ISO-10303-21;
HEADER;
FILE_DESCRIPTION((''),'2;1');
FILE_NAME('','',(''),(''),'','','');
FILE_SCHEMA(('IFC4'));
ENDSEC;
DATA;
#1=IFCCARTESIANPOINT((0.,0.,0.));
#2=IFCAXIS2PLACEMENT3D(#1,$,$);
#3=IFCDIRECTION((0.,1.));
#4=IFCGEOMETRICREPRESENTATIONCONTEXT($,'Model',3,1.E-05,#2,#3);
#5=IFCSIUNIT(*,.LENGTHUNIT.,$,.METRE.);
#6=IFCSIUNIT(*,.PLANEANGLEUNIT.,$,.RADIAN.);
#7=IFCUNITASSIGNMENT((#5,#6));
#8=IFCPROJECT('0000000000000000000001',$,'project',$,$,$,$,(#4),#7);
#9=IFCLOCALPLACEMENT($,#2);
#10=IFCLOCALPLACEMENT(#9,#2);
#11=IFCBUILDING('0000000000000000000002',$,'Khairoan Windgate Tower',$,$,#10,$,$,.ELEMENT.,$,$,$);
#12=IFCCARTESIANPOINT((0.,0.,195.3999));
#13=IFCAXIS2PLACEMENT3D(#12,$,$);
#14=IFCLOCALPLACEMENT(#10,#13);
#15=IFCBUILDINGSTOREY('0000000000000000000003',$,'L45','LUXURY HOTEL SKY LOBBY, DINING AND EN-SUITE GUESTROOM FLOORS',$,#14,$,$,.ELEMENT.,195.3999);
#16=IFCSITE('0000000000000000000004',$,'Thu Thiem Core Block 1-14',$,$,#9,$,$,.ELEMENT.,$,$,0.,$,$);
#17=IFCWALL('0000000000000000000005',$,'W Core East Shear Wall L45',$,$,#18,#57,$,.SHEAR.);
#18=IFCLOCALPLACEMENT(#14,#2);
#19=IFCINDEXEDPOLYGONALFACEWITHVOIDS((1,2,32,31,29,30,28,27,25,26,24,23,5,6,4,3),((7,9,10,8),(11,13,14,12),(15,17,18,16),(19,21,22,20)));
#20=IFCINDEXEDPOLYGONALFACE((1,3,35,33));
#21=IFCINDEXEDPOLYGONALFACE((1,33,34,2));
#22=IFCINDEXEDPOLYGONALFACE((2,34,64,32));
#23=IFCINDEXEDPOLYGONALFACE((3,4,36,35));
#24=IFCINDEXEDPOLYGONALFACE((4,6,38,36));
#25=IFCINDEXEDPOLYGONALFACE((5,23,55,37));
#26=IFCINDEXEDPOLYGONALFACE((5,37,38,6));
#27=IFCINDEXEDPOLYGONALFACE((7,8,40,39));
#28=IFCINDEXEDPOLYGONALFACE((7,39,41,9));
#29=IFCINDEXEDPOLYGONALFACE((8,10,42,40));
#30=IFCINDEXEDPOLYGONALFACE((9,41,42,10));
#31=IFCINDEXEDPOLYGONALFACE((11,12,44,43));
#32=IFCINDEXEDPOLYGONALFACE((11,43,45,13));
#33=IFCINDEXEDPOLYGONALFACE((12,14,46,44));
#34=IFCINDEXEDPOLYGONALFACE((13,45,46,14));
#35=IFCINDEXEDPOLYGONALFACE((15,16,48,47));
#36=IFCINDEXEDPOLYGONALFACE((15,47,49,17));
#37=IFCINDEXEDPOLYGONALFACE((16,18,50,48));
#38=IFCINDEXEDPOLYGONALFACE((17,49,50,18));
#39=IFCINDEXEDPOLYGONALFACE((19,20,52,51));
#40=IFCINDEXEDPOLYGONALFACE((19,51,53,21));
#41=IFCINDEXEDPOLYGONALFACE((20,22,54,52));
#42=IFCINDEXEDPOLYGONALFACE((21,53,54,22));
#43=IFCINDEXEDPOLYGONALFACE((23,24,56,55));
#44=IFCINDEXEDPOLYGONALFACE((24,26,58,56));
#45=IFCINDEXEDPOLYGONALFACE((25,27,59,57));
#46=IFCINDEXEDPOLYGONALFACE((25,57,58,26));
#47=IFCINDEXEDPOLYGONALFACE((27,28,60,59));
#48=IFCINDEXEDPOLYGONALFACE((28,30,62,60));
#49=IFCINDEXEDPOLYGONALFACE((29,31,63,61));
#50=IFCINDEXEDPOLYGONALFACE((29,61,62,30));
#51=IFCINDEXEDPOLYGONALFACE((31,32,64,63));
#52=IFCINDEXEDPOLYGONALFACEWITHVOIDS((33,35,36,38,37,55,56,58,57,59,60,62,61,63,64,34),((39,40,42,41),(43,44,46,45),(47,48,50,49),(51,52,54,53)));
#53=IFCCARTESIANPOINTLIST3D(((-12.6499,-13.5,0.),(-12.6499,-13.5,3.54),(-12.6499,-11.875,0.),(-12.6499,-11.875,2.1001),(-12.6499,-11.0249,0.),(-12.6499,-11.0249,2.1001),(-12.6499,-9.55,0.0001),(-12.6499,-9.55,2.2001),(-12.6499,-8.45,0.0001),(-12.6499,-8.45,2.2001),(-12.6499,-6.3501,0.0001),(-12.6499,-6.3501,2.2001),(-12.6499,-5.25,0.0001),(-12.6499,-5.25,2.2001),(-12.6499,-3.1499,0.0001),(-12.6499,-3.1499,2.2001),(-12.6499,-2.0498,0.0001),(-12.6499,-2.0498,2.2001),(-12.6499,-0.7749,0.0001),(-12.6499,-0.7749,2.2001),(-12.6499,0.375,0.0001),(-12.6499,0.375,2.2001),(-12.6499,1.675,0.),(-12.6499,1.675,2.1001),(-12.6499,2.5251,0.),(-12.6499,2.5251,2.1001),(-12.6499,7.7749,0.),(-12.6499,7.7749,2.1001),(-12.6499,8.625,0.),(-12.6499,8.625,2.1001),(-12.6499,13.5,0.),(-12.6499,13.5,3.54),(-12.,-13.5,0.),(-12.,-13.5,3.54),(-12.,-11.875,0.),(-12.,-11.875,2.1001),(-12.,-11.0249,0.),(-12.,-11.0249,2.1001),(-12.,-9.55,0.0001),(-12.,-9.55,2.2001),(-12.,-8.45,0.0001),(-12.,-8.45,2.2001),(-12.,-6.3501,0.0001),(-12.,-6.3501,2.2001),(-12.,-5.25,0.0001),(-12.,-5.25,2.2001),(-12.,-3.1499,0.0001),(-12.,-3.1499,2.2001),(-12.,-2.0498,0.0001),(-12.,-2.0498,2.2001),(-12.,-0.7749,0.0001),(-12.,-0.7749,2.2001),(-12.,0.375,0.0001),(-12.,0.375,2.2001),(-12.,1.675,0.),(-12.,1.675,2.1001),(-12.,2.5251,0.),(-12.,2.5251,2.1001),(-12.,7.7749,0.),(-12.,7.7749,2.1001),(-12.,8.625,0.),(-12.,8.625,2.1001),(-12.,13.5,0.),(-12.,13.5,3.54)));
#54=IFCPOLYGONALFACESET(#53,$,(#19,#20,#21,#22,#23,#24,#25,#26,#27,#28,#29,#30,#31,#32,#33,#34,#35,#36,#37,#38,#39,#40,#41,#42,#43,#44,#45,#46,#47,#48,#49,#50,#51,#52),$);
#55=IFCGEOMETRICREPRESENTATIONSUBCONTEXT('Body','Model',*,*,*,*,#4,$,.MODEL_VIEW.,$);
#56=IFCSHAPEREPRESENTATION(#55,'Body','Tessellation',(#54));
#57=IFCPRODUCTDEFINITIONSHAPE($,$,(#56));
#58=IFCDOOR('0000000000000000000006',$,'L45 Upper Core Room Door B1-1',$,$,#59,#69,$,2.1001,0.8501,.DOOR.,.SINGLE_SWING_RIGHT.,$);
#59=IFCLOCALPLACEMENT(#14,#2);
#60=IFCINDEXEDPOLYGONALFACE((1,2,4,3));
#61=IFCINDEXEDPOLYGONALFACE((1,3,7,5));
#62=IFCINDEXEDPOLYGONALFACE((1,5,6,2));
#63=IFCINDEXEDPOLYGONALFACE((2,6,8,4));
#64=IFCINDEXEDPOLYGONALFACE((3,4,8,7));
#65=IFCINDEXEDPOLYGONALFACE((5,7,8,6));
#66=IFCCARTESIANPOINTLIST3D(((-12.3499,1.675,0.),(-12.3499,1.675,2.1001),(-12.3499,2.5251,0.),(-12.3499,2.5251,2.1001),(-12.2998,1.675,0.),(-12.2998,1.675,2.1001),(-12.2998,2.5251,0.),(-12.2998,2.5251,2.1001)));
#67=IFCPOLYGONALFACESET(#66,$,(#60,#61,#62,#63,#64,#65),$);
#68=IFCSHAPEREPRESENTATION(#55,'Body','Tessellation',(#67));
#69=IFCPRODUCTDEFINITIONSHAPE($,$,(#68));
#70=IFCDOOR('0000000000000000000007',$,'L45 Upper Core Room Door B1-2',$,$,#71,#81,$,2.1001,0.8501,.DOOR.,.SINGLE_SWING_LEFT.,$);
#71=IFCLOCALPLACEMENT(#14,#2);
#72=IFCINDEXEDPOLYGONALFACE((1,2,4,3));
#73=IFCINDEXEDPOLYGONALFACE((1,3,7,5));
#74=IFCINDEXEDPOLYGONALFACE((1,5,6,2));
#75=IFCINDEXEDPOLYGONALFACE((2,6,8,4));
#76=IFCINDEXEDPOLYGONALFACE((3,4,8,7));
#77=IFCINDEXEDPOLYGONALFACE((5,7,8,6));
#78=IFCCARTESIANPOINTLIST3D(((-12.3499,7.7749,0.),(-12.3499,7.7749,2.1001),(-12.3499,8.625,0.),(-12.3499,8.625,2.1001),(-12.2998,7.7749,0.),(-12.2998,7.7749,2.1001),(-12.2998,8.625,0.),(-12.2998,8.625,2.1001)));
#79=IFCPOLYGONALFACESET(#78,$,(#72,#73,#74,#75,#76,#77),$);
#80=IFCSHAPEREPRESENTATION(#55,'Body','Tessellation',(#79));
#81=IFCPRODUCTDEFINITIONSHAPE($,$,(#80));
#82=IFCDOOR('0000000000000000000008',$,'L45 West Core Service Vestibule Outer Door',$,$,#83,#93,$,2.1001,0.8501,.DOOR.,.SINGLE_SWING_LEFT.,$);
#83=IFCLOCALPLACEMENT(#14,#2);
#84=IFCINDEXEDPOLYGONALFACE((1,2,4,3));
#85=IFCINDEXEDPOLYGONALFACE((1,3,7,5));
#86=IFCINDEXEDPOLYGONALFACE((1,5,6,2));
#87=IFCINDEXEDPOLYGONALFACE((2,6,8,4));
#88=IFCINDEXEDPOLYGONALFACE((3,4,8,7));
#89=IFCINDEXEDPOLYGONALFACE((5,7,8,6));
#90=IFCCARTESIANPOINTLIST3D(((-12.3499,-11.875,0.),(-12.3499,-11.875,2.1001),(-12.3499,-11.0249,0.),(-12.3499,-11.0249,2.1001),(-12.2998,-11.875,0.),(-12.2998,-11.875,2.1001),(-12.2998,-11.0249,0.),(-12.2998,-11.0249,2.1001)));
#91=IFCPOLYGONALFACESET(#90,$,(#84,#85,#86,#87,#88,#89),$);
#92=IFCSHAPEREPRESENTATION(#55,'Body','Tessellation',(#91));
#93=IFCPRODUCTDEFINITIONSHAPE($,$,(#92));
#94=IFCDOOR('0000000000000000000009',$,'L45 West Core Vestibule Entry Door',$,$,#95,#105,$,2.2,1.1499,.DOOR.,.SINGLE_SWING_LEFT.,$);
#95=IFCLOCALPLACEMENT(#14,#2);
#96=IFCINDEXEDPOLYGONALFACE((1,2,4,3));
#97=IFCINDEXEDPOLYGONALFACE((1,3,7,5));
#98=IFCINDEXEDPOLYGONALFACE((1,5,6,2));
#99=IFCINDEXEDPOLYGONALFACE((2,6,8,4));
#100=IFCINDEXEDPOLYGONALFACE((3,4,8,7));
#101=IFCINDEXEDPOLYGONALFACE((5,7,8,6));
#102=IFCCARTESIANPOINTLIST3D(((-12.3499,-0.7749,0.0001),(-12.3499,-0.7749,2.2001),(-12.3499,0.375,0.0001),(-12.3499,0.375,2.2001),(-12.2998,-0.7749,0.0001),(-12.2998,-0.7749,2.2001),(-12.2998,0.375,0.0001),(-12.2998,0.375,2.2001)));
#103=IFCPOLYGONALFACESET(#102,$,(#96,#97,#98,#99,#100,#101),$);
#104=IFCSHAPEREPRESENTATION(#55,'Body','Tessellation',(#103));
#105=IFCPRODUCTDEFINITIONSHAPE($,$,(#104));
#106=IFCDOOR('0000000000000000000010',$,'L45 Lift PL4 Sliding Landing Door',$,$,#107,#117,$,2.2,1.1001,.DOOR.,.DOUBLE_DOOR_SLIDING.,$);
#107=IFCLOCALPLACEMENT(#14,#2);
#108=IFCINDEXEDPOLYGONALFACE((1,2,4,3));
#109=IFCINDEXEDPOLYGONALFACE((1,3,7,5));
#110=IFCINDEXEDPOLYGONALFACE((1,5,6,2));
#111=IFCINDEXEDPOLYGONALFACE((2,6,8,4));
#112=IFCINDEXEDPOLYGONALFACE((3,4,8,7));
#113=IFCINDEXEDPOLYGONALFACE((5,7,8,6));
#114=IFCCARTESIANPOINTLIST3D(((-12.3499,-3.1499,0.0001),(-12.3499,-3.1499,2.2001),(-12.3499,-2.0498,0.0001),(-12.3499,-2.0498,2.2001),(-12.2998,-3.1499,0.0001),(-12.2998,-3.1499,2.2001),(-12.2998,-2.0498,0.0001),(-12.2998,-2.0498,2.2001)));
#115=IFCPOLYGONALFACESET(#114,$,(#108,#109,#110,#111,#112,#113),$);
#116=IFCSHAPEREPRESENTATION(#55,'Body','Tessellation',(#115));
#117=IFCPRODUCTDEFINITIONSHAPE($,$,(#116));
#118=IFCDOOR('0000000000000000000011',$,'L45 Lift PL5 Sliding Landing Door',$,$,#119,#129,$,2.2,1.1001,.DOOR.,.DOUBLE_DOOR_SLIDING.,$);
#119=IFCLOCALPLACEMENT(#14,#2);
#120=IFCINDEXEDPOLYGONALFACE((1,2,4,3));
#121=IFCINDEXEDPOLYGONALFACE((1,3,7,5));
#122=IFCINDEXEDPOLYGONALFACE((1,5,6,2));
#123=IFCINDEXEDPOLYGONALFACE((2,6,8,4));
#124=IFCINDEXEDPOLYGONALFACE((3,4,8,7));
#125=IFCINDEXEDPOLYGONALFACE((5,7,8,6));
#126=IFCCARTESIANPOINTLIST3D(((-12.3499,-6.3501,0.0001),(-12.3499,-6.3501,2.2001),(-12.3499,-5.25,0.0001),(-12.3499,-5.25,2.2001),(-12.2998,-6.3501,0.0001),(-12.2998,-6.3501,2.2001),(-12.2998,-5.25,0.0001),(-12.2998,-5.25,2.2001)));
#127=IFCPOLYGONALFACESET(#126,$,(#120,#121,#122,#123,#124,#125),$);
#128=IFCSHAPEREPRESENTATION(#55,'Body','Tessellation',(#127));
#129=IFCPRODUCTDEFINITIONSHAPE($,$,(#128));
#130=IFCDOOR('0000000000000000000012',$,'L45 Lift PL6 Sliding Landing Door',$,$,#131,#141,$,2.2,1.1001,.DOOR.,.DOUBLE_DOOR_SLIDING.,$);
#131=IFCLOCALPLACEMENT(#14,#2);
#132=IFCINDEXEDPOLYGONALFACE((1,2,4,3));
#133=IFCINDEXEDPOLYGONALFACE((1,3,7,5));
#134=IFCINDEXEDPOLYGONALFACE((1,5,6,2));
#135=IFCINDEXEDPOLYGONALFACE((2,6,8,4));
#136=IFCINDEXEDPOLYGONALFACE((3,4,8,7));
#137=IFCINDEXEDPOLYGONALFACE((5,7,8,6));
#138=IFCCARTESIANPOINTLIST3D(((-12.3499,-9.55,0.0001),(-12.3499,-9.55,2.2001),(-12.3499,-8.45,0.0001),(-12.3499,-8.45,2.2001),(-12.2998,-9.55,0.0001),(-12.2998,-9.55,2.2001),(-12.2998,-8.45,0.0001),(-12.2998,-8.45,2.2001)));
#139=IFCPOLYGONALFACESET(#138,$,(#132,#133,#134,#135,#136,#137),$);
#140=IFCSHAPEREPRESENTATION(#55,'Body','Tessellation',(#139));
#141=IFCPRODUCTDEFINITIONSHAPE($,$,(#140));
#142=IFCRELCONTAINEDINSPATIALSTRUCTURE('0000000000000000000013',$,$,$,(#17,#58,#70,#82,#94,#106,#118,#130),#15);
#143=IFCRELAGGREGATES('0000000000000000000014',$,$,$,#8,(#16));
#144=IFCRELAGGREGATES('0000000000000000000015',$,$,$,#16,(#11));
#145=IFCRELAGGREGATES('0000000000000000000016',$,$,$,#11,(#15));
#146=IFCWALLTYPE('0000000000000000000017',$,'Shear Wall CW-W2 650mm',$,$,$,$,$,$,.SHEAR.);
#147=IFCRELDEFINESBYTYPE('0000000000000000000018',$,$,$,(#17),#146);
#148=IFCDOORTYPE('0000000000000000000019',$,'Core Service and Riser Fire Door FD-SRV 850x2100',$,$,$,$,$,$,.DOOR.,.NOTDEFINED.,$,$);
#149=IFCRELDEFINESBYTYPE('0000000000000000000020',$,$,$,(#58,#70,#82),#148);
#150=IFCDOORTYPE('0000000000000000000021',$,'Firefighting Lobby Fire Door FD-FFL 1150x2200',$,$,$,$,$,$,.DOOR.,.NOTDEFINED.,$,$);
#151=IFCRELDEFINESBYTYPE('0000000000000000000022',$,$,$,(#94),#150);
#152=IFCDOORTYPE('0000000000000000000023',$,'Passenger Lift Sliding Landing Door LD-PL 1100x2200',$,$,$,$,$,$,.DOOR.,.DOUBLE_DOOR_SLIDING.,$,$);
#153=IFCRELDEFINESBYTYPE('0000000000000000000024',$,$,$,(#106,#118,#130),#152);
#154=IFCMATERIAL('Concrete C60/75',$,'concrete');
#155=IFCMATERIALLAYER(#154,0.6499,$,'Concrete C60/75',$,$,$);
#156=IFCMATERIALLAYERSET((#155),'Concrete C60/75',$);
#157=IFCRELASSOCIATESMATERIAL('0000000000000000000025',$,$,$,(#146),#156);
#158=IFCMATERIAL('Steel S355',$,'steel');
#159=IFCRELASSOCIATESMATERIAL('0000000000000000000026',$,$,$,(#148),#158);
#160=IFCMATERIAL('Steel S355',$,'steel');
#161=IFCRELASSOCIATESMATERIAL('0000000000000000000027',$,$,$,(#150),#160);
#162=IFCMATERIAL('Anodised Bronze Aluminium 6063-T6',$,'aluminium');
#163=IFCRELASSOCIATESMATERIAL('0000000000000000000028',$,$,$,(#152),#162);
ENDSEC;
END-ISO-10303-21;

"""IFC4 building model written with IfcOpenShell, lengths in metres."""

from ifc_helpers import new_model, si_unit, direction, frame, frame_2d, origin, place, context, subcontext, project, spatial, rectangle, extrude, material, layer, layer_set, type_object, element, fill, save


model = new_model("IFC4")

# Units and contexts
model_context = context("Model", 3, precision=1e-05, world=origin(), true_north=direction((0.0, 1.0)))
body_context = subcontext(model_context, "Body", "Model", "MODEL_VIEW")
ifc_project = project(units=[si_unit("LENGTHUNIT", "METRE"), si_unit("PLANEANGLEUNIT", "RADIAN")], contexts=[model_context])

# Site, building, storey
site_placement = place(None, origin())
site = spatial("IfcSite", under=ifc_project, at=site_placement, Name="Thu Thiem Core Block 1-14", CompositionType="ELEMENT", RefElevation=0.0)
building_placement = place(site_placement, origin())
building = spatial("IfcBuilding", under=site, at=building_placement, Name="Khairoan Windgate Tower", CompositionType="ELEMENT")
storey_placement = place(building_placement, frame((0.0, 0.0, 195.3999)))
storey = spatial("IfcBuildingStorey", under=building, at=storey_placement, Name="L45", Description="LUXURY HOTEL SKY LOBBY, DINING AND EN-SUITE GUESTROOM FLOORS", CompositionType="ELEMENT", Elevation=195.3999)

# Wall, openings, doors
ifc_material_1 = material(Name="Concrete C60/75", Category="concrete")
ifc_layer_1 = layer(ifc_material_1, 0.6499, Name="Concrete C60/75")
ifc_layer_set_1 = layer_set([ifc_layer_1], Name="Concrete C60/75")
wall_type_1 = type_object("IfcWallType", Name="Shear Wall CW-W2 650mm", PredefinedType="SHEAR", material=ifc_layer_set_1)
wall_1_placement = place(storey_placement, frame((-12.325, -13.5, 0.0), z_axis=(0.0, 0.0, 1.0), x_axis=(0.0, 1.0, 0.0)))
wall_1 = element("IfcWall", 1, at=wall_1_placement, inside=storey, type_object=wall_type_1, Name="W Core East Shear Wall L45", PredefinedType="SHEAR", context=body_context, shape_type="SweptSolid", body=[
    extrude(rectangle(XDim=27.0, YDim=0.6499, at=frame_2d((13.5, 0.0))), origin(), (0.0, 0.0, 1.0), 3.54),
])
opening_1_placement = place(wall_1_placement, frame((10.3501, 0.0, 0.0)))
opening_1 = element("IfcOpeningElement", 2, at=opening_1_placement, cuts=wall_1, PredefinedType="OPENING", context=body_context, shape_type="SweptSolid", body=[
    extrude(rectangle(XDim=1.1001, YDim=2.2, at=frame_2d((0.55, 1.1001))), frame((0.0, 0.335, 0.0), z_axis=(0.0, -1.0, 0.0), x_axis=(1.0, 0.0, 0.0)), (0.0, 0.0, 1.0), 0.6699),
])
opening_2_placement = place(wall_1_placement, frame((7.1499, 0.0, 0.0)))
opening_2 = element("IfcOpeningElement", 3, at=opening_2_placement, cuts=wall_1, PredefinedType="OPENING", context=body_context, shape_type="SweptSolid", body=[
    extrude(rectangle(XDim=1.1001, YDim=2.2, at=frame_2d((0.55, 1.1001))), frame((0.0, 0.335, 0.0), z_axis=(0.0, -1.0, 0.0), x_axis=(1.0, 0.0, 0.0)), (0.0, 0.0, 1.0), 0.6699),
])
opening_3_placement = place(wall_1_placement, frame((3.95, 0.0, 0.0)))
opening_3 = element("IfcOpeningElement", 4, at=opening_3_placement, cuts=wall_1, PredefinedType="OPENING", context=body_context, shape_type="SweptSolid", body=[
    extrude(rectangle(XDim=1.1001, YDim=2.2, at=frame_2d((0.55, 1.1001))), frame((0.0, 0.335, 0.0), z_axis=(0.0, -1.0, 0.0), x_axis=(1.0, 0.0, 0.0)), (0.0, 0.0, 1.0), 0.6699),
])
opening_4_placement = place(wall_1_placement, frame((15.175, 0.0, 0.0)))
opening_4 = element("IfcOpeningElement", 5, at=opening_4_placement, cuts=wall_1, PredefinedType="OPENING", context=body_context, shape_type="SweptSolid", body=[
    extrude(rectangle(XDim=0.8501, YDim=2.1001, at=frame_2d((0.425, 1.05))), frame((0.0, 0.335, 0.0), z_axis=(0.0, -1.0, 0.0), x_axis=(1.0, 0.0, 0.0)), (0.0, 0.0, 1.0), 0.6699),
])
opening_5_placement = place(wall_1_placement, frame((21.2749, 0.0, 0.0)))
opening_5 = element("IfcOpeningElement", 6, at=opening_5_placement, cuts=wall_1, PredefinedType="OPENING", context=body_context, shape_type="SweptSolid", body=[
    extrude(rectangle(XDim=0.8501, YDim=2.1001, at=frame_2d((0.425, 1.05))), frame((0.0, 0.335, 0.0), z_axis=(0.0, -1.0, 0.0), x_axis=(1.0, 0.0, 0.0)), (0.0, 0.0, 1.0), 0.6699),
])
opening_6_placement = place(wall_1_placement, frame((12.7251, 0.0, 0.0)))
opening_6 = element("IfcOpeningElement", 7, at=opening_6_placement, cuts=wall_1, PredefinedType="OPENING", context=body_context, shape_type="SweptSolid", body=[
    extrude(rectangle(XDim=1.1499, YDim=2.2, at=frame_2d((0.575, 1.1001))), frame((0.0, 0.335, 0.0), z_axis=(0.0, -1.0, 0.0), x_axis=(1.0, 0.0, 0.0)), (0.0, 0.0, 1.0), 0.6699),
])
opening_7_placement = place(wall_1_placement, frame((1.625, 0.0, 0.0)))
opening_7 = element("IfcOpeningElement", 8, at=opening_7_placement, cuts=wall_1, PredefinedType="OPENING", context=body_context, shape_type="SweptSolid", body=[
    extrude(rectangle(XDim=0.8501, YDim=2.1001, at=frame_2d((0.425, 1.05))), frame((0.0, 0.335, 0.0), z_axis=(0.0, -1.0, 0.0), x_axis=(1.0, 0.0, 0.0)), (0.0, 0.0, 1.0), 0.6699),
])
ifc_material_2 = material(Name="Steel S355", Category="steel")
door_type_1 = type_object("IfcDoorType", Name="Core Service and Riser Fire Door FD-SRV 850x2100", OperationType="NOTDEFINED", PredefinedType="DOOR", material=ifc_material_2)
door_1_placement = place(opening_4_placement, origin())
door_1 = element("IfcDoor", 9, at=door_1_placement, inside=storey, type_object=door_type_1, Name="L45 Upper Core Room Door B1-1", OperationType="SINGLE_SWING_RIGHT", OverallHeight=2.1001, OverallWidth=0.8501, PredefinedType="DOOR", context=body_context, shape_type="SweptSolid", body=[
    extrude(rectangle(XDim=0.8501, YDim=2.1001, at=frame_2d((0.425, 1.05))), frame((0.0, 0.0249, 0.0), z_axis=(0.0, -1.0, 0.0), x_axis=(1.0, 0.0, 0.0)), (0.0, 0.0, 1.0), 0.05),
])
fill(opening_4, door_1)
door_2_placement = place(opening_5_placement, origin())
door_2 = element("IfcDoor", 10, at=door_2_placement, inside=storey, type_object=door_type_1, Name="L45 Upper Core Room Door B1-2", OperationType="SINGLE_SWING_LEFT", OverallHeight=2.1001, OverallWidth=0.8501, PredefinedType="DOOR", context=body_context, shape_type="SweptSolid", body=[
    extrude(rectangle(XDim=0.8501, YDim=2.1001, at=frame_2d((0.425, 1.05))), frame((0.0, 0.0249, 0.0), z_axis=(0.0, -1.0, 0.0), x_axis=(1.0, 0.0, 0.0)), (0.0, 0.0, 1.0), 0.05),
])
fill(opening_5, door_2)
door_3_placement = place(opening_7_placement, origin())
door_3 = element("IfcDoor", 11, at=door_3_placement, inside=storey, type_object=door_type_1, Name="L45 West Core Service Vestibule Outer Door", OperationType="SINGLE_SWING_LEFT", OverallHeight=2.1001, OverallWidth=0.8501, PredefinedType="DOOR", context=body_context, shape_type="SweptSolid", body=[
    extrude(rectangle(XDim=0.8501, YDim=2.1001, at=frame_2d((0.425, 1.05))), frame((0.0, 0.0249, 0.0), z_axis=(0.0, -1.0, 0.0), x_axis=(1.0, 0.0, 0.0)), (0.0, 0.0, 1.0), 0.05),
])
fill(opening_7, door_3)
ifc_material_3 = material(Name="Steel S355", Category="steel")
door_type_2 = type_object("IfcDoorType", Name="Firefighting Lobby Fire Door FD-FFL 1150x2200", OperationType="NOTDEFINED", PredefinedType="DOOR", material=ifc_material_3)
door_4_placement = place(opening_6_placement, origin())
door_4 = element("IfcDoor", 12, at=door_4_placement, inside=storey, type_object=door_type_2, Name="L45 West Core Vestibule Entry Door", OperationType="SINGLE_SWING_LEFT", OverallHeight=2.2, OverallWidth=1.1499, PredefinedType="DOOR", context=body_context, shape_type="SweptSolid", body=[
    extrude(rectangle(XDim=1.1499, YDim=2.2, at=frame_2d((0.575, 1.1001))), frame((0.0, 0.0249, 0.0), z_axis=(0.0, -1.0, 0.0), x_axis=(1.0, 0.0, 0.0)), (0.0, 0.0, 1.0), 0.05),
])
fill(opening_6, door_4)
ifc_material_4 = material(Name="Anodised Bronze Aluminium 6063-T6", Category="aluminium")
door_type_3 = type_object("IfcDoorType", Name="Passenger Lift Sliding Landing Door LD-PL 1100x2200", OperationType="DOUBLE_DOOR_SLIDING", PredefinedType="DOOR", material=ifc_material_4)
door_5_placement = place(opening_1_placement, origin())
door_5 = element("IfcDoor", 13, at=door_5_placement, inside=storey, type_object=door_type_3, Name="L45 Lift PL4 Sliding Landing Door", OperationType="DOUBLE_DOOR_SLIDING", OverallHeight=2.2, OverallWidth=1.1001, PredefinedType="DOOR", context=body_context, shape_type="SweptSolid", body=[
    extrude(rectangle(XDim=1.1001, YDim=2.2, at=frame_2d((0.55, 1.1001))), frame((0.0, 0.0249, 0.0), z_axis=(0.0, -1.0, 0.0), x_axis=(1.0, 0.0, 0.0)), (0.0, 0.0, 1.0), 0.05),
])
fill(opening_1, door_5)
door_6_placement = place(opening_2_placement, origin())
door_6 = element("IfcDoor", 14, at=door_6_placement, inside=storey, type_object=door_type_3, Name="L45 Lift PL5 Sliding Landing Door", OperationType="DOUBLE_DOOR_SLIDING", OverallHeight=2.2, OverallWidth=1.1001, PredefinedType="DOOR", context=body_context, shape_type="SweptSolid", body=[
    extrude(rectangle(XDim=1.1001, YDim=2.2, at=frame_2d((0.55, 1.1001))), frame((0.0, 0.0249, 0.0), z_axis=(0.0, -1.0, 0.0), x_axis=(1.0, 0.0, 0.0)), (0.0, 0.0, 1.0), 0.05),
])
fill(opening_2, door_6)
door_7_placement = place(opening_3_placement, origin())
door_7 = element("IfcDoor", 15, at=door_7_placement, inside=storey, type_object=door_type_3, Name="L45 Lift PL6 Sliding Landing Door", OperationType="DOUBLE_DOOR_SLIDING", OverallHeight=2.2, OverallWidth=1.1001, PredefinedType="DOOR", context=body_context, shape_type="SweptSolid", body=[
    extrude(rectangle(XDim=1.1001, YDim=2.2, at=frame_2d((0.55, 1.1001))), frame((0.0, 0.0249, 0.0), z_axis=(0.0, -1.0, 0.0), x_axis=(1.0, 0.0, 0.0)), (0.0, 0.0, 1.0), 0.05),
])
fill(opening_3, door_7)

save(model, "model.ifc")
